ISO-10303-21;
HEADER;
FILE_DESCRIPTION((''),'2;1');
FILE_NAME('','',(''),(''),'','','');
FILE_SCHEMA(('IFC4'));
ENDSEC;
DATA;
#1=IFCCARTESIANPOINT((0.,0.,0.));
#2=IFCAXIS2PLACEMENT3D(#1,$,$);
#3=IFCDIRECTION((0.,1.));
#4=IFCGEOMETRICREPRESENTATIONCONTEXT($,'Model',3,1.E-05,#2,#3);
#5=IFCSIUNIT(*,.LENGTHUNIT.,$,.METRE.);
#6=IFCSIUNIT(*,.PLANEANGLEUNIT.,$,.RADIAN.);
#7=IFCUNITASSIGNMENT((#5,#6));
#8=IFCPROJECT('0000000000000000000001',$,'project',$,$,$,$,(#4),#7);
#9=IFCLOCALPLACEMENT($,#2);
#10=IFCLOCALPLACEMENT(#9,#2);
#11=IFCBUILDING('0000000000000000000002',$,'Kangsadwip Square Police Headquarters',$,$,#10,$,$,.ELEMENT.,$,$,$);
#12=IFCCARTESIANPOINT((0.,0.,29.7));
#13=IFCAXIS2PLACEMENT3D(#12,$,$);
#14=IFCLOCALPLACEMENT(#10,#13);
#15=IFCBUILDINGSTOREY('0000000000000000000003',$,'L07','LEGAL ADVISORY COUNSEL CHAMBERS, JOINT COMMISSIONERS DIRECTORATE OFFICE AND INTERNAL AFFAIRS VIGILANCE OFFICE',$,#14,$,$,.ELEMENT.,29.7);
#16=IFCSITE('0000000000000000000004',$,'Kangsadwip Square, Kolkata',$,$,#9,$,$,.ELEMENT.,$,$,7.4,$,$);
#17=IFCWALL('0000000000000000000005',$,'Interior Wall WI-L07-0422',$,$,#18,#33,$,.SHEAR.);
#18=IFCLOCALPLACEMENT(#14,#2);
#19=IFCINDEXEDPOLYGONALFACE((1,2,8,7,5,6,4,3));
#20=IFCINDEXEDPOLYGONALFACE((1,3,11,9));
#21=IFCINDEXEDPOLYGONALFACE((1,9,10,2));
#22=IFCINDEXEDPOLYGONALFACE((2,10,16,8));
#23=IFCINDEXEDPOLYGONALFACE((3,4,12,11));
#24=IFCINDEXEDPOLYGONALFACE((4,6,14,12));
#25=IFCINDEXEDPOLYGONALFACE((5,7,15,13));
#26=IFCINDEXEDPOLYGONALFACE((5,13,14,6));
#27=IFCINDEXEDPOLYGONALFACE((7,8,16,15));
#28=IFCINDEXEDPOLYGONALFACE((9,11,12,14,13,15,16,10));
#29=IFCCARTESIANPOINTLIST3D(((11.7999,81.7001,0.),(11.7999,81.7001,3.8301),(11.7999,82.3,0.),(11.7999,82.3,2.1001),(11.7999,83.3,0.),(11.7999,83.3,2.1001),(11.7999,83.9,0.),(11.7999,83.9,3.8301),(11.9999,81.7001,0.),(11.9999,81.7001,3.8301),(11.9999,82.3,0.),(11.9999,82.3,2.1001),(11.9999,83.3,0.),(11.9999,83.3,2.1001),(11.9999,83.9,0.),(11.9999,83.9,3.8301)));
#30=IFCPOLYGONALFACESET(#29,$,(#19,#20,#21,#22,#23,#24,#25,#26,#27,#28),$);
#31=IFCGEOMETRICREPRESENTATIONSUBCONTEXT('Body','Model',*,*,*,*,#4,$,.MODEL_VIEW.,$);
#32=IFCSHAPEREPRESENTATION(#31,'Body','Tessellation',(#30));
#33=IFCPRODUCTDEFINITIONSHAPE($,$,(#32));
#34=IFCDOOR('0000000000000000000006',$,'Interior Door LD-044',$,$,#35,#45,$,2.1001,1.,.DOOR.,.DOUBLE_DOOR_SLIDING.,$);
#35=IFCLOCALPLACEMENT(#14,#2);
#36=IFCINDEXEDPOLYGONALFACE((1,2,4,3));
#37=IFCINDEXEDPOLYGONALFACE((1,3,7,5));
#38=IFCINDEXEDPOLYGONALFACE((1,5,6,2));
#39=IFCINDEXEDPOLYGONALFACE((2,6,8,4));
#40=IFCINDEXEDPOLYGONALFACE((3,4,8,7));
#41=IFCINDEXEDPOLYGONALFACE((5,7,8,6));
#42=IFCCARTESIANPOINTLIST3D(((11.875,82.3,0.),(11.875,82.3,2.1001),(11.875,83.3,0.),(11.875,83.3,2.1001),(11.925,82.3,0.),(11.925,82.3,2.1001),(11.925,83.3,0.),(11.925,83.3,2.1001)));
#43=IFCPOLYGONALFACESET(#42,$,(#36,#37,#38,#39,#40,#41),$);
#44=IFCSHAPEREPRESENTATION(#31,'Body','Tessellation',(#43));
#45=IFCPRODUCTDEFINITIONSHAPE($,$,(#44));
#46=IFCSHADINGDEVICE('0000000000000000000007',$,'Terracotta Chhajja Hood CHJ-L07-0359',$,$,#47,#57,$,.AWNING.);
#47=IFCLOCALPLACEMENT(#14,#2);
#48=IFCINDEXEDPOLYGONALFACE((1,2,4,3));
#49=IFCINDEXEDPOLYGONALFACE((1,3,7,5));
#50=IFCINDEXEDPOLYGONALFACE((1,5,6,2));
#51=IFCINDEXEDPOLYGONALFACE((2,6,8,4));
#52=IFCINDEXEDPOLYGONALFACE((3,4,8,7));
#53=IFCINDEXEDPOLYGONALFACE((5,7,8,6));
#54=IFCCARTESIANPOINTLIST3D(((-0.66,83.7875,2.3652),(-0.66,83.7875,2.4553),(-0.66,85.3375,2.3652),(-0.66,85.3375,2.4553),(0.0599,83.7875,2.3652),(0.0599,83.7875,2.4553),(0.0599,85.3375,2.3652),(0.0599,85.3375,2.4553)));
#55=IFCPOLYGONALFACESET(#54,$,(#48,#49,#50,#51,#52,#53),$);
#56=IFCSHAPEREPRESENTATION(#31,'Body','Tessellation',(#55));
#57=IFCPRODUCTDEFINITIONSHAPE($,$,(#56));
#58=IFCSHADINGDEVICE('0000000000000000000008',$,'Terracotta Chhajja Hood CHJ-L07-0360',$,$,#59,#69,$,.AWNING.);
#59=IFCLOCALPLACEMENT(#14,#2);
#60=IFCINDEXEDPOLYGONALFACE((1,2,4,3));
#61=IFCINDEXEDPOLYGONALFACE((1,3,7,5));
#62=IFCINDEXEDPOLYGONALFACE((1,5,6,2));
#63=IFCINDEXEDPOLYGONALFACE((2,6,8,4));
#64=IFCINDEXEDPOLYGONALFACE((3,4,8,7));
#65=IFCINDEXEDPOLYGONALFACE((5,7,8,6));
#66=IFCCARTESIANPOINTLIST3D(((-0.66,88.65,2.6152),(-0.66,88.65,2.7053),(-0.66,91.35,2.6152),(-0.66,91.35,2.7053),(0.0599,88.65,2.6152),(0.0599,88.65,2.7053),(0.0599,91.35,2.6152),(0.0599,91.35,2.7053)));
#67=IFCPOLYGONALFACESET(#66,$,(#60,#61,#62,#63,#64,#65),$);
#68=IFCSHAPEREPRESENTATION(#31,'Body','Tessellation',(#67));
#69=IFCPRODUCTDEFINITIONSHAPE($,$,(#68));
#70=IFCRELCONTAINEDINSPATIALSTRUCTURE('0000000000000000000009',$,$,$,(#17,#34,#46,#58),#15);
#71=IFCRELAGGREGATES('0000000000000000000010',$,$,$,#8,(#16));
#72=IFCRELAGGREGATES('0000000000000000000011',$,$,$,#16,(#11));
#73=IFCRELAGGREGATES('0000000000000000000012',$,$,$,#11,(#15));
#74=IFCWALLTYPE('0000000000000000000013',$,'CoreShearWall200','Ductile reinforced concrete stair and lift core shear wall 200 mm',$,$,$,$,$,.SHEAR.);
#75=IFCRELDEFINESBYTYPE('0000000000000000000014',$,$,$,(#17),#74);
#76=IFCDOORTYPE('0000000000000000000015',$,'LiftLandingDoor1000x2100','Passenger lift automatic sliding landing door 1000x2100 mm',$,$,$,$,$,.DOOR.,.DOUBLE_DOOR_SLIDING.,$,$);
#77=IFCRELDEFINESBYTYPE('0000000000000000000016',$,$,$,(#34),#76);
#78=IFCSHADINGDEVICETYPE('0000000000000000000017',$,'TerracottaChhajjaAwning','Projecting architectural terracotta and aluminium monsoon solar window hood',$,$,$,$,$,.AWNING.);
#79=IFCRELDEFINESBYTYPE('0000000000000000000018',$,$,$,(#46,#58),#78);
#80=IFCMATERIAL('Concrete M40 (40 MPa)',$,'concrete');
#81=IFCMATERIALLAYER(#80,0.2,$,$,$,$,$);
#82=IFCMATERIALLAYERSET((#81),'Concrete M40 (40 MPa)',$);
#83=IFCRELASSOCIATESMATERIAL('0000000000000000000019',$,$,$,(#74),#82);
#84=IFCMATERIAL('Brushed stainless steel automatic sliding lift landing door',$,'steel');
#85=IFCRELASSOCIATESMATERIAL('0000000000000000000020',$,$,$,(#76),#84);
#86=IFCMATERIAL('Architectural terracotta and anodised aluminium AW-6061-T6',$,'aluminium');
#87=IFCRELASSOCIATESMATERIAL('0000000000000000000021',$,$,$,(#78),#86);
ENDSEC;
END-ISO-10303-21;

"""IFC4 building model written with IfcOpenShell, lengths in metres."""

from ifc_helpers import new_model, si_unit, direction, frame, frame_2d, origin, origin_2d, place, context, subcontext, project, spatial, rectangle, extrude, material, layer, layer_set, type_object, element, fill, save


model = new_model("IFC4")

# Units and contexts
model_context = context("Model", 3, precision=1e-05, world=origin(), true_north=direction((0.0, 1.0)))
body_context = subcontext(model_context, "Body", "Model", "MODEL_VIEW")
ifc_project = project(units=[si_unit("LENGTHUNIT", "METRE"), si_unit("PLANEANGLEUNIT", "RADIAN")], contexts=[model_context])

# Site, building, storey
site_placement = place(None, origin())
site = spatial("IfcSite", under=ifc_project, at=site_placement, Name="Kangsadwip Square, Kolkata", CompositionType="ELEMENT", RefElevation=7.4)
building_placement = place(site_placement, origin())
building = spatial("IfcBuilding", under=site, at=building_placement, Name="Kangsadwip Square Police Headquarters", CompositionType="ELEMENT")
storey_placement = place(building_placement, frame((0.0, 0.0, 29.7)))
storey = spatial("IfcBuildingStorey", under=building, at=storey_placement, Name="L07", Description="LEGAL ADVISORY COUNSEL CHAMBERS, JOINT COMMISSIONERS DIRECTORATE OFFICE AND INTERNAL AFFAIRS VIGILANCE OFFICE", CompositionType="ELEMENT", Elevation=29.7)

# Shared definitions
ifc_material_1 = material(Name="Concrete M40 (40 MPa)", Category="concrete")
ifc_layer_1 = layer(ifc_material_1, 0.2)
ifc_layer_set_1 = layer_set([ifc_layer_1], Name="Concrete M40 (40 MPa)")
wall_type_1 = type_object("IfcWallType", Name="CoreShearWall200", Description="Ductile reinforced concrete stair and lift core shear wall 200 mm", PredefinedType="SHEAR", material=ifc_layer_set_1)

# Wall, opening, door
wall_1_placement = place(storey_placement, frame((11.8999, 81.7, 0.0), z_axis=(0.0, 0.0, 1.0), x_axis=(0.0, 1.0, 0.0)))
wall_1 = element("IfcWall", 1, at=wall_1_placement, inside=storey, type_object=wall_type_1, Name="Interior Wall WI-L07-0422", PredefinedType="SHEAR", context=body_context, shape_type="SweptSolid", body=[
    extrude(rectangle(XDim=2.2, YDim=0.2, at=frame_2d((1.1001, 0.0))), origin(), (0.0, 0.0, 1.0), 3.8301),
])
opening_1_placement = place(wall_1_placement, frame((0.6001, 0.0, 0.0)))
opening_1 = element("IfcOpeningElement", 2, at=opening_1_placement, cuts=wall_1, PredefinedType="OPENING", context=body_context, shape_type="SweptSolid", body=[
    extrude(rectangle(XDim=1.0, YDim=2.1001, at=frame_2d((0.5, 1.05))), frame((0.0, 0.1099, 0.0), z_axis=(0.0, -1.0, 0.0), x_axis=(1.0, 0.0, 0.0)), (0.0, 0.0, 1.0), 0.22),
])
ifc_material_2 = material(Name="Brushed stainless steel automatic sliding lift landing door", Category="steel")
door_type = type_object("IfcDoorType", Name="LiftLandingDoor1000x2100", Description="Passenger lift automatic sliding landing door 1000x2100 mm", OperationType="DOUBLE_DOOR_SLIDING", PredefinedType="DOOR", material=ifc_material_2)
door_placement = place(opening_1_placement, origin())
door = element("IfcDoor", 3, at=door_placement, inside=storey, type_object=door_type, Name="Interior Door LD-044", OperationType="DOUBLE_DOOR_SLIDING", OverallHeight=2.1001, OverallWidth=1.0, PredefinedType="DOOR", context=body_context, shape_type="SweptSolid", body=[
    extrude(rectangle(XDim=1.0, YDim=2.1001, at=frame_2d((0.5, 1.05))), frame((0.0, 0.0249, 0.0), z_axis=(0.0, -1.0, 0.0), x_axis=(1.0, 0.0, 0.0)), (0.0, 0.0, 1.0), 0.05),
])
fill(opening_1, door)

# Shading devices
ifc_material_3 = material(Name="Architectural terracotta and anodised aluminium AW-6061-T6", Category="aluminium")
shading_device_type = type_object("IfcShadingDeviceType", Name="TerracottaChhajjaAwning", Description="Projecting architectural terracotta and aluminium monsoon solar window hood", PredefinedType="AWNING", material=ifc_material_3)
shading_device_1_placement = place(storey_placement, frame((-0.3, 84.5625, 2.3652), z_axis=(0.0, 0.0, 1.0), x_axis=(0.0, 1.0, 0.0)))
element("IfcShadingDevice", 4, at=shading_device_1_placement, inside=storey, type_object=shading_device_type, Name="Terracotta Chhajja Hood CHJ-L07-0359", PredefinedType="AWNING", context=body_context, shape_type="SweptSolid", body=[
    extrude(rectangle(XDim=1.55, YDim=0.72, at=origin_2d()), origin(), (0.0, 0.0, 1.0), 0.0901),
])
shading_device_2_placement = place(storey_placement, frame((-0.3, 90.0, 2.6152), z_axis=(0.0, 0.0, 1.0), x_axis=(0.0, 1.0, 0.0)))
element("IfcShadingDevice", 5, at=shading_device_2_placement, inside=storey, type_object=shading_device_type, Name="Terracotta Chhajja Hood CHJ-L07-0360", PredefinedType="AWNING", context=body_context, shape_type="SweptSolid", body=[
    extrude(rectangle(XDim=2.7, YDim=0.72, at=origin_2d()), origin(), (0.0, 0.0, 1.0), 0.0901),
])

save(model, "model.ifc")
